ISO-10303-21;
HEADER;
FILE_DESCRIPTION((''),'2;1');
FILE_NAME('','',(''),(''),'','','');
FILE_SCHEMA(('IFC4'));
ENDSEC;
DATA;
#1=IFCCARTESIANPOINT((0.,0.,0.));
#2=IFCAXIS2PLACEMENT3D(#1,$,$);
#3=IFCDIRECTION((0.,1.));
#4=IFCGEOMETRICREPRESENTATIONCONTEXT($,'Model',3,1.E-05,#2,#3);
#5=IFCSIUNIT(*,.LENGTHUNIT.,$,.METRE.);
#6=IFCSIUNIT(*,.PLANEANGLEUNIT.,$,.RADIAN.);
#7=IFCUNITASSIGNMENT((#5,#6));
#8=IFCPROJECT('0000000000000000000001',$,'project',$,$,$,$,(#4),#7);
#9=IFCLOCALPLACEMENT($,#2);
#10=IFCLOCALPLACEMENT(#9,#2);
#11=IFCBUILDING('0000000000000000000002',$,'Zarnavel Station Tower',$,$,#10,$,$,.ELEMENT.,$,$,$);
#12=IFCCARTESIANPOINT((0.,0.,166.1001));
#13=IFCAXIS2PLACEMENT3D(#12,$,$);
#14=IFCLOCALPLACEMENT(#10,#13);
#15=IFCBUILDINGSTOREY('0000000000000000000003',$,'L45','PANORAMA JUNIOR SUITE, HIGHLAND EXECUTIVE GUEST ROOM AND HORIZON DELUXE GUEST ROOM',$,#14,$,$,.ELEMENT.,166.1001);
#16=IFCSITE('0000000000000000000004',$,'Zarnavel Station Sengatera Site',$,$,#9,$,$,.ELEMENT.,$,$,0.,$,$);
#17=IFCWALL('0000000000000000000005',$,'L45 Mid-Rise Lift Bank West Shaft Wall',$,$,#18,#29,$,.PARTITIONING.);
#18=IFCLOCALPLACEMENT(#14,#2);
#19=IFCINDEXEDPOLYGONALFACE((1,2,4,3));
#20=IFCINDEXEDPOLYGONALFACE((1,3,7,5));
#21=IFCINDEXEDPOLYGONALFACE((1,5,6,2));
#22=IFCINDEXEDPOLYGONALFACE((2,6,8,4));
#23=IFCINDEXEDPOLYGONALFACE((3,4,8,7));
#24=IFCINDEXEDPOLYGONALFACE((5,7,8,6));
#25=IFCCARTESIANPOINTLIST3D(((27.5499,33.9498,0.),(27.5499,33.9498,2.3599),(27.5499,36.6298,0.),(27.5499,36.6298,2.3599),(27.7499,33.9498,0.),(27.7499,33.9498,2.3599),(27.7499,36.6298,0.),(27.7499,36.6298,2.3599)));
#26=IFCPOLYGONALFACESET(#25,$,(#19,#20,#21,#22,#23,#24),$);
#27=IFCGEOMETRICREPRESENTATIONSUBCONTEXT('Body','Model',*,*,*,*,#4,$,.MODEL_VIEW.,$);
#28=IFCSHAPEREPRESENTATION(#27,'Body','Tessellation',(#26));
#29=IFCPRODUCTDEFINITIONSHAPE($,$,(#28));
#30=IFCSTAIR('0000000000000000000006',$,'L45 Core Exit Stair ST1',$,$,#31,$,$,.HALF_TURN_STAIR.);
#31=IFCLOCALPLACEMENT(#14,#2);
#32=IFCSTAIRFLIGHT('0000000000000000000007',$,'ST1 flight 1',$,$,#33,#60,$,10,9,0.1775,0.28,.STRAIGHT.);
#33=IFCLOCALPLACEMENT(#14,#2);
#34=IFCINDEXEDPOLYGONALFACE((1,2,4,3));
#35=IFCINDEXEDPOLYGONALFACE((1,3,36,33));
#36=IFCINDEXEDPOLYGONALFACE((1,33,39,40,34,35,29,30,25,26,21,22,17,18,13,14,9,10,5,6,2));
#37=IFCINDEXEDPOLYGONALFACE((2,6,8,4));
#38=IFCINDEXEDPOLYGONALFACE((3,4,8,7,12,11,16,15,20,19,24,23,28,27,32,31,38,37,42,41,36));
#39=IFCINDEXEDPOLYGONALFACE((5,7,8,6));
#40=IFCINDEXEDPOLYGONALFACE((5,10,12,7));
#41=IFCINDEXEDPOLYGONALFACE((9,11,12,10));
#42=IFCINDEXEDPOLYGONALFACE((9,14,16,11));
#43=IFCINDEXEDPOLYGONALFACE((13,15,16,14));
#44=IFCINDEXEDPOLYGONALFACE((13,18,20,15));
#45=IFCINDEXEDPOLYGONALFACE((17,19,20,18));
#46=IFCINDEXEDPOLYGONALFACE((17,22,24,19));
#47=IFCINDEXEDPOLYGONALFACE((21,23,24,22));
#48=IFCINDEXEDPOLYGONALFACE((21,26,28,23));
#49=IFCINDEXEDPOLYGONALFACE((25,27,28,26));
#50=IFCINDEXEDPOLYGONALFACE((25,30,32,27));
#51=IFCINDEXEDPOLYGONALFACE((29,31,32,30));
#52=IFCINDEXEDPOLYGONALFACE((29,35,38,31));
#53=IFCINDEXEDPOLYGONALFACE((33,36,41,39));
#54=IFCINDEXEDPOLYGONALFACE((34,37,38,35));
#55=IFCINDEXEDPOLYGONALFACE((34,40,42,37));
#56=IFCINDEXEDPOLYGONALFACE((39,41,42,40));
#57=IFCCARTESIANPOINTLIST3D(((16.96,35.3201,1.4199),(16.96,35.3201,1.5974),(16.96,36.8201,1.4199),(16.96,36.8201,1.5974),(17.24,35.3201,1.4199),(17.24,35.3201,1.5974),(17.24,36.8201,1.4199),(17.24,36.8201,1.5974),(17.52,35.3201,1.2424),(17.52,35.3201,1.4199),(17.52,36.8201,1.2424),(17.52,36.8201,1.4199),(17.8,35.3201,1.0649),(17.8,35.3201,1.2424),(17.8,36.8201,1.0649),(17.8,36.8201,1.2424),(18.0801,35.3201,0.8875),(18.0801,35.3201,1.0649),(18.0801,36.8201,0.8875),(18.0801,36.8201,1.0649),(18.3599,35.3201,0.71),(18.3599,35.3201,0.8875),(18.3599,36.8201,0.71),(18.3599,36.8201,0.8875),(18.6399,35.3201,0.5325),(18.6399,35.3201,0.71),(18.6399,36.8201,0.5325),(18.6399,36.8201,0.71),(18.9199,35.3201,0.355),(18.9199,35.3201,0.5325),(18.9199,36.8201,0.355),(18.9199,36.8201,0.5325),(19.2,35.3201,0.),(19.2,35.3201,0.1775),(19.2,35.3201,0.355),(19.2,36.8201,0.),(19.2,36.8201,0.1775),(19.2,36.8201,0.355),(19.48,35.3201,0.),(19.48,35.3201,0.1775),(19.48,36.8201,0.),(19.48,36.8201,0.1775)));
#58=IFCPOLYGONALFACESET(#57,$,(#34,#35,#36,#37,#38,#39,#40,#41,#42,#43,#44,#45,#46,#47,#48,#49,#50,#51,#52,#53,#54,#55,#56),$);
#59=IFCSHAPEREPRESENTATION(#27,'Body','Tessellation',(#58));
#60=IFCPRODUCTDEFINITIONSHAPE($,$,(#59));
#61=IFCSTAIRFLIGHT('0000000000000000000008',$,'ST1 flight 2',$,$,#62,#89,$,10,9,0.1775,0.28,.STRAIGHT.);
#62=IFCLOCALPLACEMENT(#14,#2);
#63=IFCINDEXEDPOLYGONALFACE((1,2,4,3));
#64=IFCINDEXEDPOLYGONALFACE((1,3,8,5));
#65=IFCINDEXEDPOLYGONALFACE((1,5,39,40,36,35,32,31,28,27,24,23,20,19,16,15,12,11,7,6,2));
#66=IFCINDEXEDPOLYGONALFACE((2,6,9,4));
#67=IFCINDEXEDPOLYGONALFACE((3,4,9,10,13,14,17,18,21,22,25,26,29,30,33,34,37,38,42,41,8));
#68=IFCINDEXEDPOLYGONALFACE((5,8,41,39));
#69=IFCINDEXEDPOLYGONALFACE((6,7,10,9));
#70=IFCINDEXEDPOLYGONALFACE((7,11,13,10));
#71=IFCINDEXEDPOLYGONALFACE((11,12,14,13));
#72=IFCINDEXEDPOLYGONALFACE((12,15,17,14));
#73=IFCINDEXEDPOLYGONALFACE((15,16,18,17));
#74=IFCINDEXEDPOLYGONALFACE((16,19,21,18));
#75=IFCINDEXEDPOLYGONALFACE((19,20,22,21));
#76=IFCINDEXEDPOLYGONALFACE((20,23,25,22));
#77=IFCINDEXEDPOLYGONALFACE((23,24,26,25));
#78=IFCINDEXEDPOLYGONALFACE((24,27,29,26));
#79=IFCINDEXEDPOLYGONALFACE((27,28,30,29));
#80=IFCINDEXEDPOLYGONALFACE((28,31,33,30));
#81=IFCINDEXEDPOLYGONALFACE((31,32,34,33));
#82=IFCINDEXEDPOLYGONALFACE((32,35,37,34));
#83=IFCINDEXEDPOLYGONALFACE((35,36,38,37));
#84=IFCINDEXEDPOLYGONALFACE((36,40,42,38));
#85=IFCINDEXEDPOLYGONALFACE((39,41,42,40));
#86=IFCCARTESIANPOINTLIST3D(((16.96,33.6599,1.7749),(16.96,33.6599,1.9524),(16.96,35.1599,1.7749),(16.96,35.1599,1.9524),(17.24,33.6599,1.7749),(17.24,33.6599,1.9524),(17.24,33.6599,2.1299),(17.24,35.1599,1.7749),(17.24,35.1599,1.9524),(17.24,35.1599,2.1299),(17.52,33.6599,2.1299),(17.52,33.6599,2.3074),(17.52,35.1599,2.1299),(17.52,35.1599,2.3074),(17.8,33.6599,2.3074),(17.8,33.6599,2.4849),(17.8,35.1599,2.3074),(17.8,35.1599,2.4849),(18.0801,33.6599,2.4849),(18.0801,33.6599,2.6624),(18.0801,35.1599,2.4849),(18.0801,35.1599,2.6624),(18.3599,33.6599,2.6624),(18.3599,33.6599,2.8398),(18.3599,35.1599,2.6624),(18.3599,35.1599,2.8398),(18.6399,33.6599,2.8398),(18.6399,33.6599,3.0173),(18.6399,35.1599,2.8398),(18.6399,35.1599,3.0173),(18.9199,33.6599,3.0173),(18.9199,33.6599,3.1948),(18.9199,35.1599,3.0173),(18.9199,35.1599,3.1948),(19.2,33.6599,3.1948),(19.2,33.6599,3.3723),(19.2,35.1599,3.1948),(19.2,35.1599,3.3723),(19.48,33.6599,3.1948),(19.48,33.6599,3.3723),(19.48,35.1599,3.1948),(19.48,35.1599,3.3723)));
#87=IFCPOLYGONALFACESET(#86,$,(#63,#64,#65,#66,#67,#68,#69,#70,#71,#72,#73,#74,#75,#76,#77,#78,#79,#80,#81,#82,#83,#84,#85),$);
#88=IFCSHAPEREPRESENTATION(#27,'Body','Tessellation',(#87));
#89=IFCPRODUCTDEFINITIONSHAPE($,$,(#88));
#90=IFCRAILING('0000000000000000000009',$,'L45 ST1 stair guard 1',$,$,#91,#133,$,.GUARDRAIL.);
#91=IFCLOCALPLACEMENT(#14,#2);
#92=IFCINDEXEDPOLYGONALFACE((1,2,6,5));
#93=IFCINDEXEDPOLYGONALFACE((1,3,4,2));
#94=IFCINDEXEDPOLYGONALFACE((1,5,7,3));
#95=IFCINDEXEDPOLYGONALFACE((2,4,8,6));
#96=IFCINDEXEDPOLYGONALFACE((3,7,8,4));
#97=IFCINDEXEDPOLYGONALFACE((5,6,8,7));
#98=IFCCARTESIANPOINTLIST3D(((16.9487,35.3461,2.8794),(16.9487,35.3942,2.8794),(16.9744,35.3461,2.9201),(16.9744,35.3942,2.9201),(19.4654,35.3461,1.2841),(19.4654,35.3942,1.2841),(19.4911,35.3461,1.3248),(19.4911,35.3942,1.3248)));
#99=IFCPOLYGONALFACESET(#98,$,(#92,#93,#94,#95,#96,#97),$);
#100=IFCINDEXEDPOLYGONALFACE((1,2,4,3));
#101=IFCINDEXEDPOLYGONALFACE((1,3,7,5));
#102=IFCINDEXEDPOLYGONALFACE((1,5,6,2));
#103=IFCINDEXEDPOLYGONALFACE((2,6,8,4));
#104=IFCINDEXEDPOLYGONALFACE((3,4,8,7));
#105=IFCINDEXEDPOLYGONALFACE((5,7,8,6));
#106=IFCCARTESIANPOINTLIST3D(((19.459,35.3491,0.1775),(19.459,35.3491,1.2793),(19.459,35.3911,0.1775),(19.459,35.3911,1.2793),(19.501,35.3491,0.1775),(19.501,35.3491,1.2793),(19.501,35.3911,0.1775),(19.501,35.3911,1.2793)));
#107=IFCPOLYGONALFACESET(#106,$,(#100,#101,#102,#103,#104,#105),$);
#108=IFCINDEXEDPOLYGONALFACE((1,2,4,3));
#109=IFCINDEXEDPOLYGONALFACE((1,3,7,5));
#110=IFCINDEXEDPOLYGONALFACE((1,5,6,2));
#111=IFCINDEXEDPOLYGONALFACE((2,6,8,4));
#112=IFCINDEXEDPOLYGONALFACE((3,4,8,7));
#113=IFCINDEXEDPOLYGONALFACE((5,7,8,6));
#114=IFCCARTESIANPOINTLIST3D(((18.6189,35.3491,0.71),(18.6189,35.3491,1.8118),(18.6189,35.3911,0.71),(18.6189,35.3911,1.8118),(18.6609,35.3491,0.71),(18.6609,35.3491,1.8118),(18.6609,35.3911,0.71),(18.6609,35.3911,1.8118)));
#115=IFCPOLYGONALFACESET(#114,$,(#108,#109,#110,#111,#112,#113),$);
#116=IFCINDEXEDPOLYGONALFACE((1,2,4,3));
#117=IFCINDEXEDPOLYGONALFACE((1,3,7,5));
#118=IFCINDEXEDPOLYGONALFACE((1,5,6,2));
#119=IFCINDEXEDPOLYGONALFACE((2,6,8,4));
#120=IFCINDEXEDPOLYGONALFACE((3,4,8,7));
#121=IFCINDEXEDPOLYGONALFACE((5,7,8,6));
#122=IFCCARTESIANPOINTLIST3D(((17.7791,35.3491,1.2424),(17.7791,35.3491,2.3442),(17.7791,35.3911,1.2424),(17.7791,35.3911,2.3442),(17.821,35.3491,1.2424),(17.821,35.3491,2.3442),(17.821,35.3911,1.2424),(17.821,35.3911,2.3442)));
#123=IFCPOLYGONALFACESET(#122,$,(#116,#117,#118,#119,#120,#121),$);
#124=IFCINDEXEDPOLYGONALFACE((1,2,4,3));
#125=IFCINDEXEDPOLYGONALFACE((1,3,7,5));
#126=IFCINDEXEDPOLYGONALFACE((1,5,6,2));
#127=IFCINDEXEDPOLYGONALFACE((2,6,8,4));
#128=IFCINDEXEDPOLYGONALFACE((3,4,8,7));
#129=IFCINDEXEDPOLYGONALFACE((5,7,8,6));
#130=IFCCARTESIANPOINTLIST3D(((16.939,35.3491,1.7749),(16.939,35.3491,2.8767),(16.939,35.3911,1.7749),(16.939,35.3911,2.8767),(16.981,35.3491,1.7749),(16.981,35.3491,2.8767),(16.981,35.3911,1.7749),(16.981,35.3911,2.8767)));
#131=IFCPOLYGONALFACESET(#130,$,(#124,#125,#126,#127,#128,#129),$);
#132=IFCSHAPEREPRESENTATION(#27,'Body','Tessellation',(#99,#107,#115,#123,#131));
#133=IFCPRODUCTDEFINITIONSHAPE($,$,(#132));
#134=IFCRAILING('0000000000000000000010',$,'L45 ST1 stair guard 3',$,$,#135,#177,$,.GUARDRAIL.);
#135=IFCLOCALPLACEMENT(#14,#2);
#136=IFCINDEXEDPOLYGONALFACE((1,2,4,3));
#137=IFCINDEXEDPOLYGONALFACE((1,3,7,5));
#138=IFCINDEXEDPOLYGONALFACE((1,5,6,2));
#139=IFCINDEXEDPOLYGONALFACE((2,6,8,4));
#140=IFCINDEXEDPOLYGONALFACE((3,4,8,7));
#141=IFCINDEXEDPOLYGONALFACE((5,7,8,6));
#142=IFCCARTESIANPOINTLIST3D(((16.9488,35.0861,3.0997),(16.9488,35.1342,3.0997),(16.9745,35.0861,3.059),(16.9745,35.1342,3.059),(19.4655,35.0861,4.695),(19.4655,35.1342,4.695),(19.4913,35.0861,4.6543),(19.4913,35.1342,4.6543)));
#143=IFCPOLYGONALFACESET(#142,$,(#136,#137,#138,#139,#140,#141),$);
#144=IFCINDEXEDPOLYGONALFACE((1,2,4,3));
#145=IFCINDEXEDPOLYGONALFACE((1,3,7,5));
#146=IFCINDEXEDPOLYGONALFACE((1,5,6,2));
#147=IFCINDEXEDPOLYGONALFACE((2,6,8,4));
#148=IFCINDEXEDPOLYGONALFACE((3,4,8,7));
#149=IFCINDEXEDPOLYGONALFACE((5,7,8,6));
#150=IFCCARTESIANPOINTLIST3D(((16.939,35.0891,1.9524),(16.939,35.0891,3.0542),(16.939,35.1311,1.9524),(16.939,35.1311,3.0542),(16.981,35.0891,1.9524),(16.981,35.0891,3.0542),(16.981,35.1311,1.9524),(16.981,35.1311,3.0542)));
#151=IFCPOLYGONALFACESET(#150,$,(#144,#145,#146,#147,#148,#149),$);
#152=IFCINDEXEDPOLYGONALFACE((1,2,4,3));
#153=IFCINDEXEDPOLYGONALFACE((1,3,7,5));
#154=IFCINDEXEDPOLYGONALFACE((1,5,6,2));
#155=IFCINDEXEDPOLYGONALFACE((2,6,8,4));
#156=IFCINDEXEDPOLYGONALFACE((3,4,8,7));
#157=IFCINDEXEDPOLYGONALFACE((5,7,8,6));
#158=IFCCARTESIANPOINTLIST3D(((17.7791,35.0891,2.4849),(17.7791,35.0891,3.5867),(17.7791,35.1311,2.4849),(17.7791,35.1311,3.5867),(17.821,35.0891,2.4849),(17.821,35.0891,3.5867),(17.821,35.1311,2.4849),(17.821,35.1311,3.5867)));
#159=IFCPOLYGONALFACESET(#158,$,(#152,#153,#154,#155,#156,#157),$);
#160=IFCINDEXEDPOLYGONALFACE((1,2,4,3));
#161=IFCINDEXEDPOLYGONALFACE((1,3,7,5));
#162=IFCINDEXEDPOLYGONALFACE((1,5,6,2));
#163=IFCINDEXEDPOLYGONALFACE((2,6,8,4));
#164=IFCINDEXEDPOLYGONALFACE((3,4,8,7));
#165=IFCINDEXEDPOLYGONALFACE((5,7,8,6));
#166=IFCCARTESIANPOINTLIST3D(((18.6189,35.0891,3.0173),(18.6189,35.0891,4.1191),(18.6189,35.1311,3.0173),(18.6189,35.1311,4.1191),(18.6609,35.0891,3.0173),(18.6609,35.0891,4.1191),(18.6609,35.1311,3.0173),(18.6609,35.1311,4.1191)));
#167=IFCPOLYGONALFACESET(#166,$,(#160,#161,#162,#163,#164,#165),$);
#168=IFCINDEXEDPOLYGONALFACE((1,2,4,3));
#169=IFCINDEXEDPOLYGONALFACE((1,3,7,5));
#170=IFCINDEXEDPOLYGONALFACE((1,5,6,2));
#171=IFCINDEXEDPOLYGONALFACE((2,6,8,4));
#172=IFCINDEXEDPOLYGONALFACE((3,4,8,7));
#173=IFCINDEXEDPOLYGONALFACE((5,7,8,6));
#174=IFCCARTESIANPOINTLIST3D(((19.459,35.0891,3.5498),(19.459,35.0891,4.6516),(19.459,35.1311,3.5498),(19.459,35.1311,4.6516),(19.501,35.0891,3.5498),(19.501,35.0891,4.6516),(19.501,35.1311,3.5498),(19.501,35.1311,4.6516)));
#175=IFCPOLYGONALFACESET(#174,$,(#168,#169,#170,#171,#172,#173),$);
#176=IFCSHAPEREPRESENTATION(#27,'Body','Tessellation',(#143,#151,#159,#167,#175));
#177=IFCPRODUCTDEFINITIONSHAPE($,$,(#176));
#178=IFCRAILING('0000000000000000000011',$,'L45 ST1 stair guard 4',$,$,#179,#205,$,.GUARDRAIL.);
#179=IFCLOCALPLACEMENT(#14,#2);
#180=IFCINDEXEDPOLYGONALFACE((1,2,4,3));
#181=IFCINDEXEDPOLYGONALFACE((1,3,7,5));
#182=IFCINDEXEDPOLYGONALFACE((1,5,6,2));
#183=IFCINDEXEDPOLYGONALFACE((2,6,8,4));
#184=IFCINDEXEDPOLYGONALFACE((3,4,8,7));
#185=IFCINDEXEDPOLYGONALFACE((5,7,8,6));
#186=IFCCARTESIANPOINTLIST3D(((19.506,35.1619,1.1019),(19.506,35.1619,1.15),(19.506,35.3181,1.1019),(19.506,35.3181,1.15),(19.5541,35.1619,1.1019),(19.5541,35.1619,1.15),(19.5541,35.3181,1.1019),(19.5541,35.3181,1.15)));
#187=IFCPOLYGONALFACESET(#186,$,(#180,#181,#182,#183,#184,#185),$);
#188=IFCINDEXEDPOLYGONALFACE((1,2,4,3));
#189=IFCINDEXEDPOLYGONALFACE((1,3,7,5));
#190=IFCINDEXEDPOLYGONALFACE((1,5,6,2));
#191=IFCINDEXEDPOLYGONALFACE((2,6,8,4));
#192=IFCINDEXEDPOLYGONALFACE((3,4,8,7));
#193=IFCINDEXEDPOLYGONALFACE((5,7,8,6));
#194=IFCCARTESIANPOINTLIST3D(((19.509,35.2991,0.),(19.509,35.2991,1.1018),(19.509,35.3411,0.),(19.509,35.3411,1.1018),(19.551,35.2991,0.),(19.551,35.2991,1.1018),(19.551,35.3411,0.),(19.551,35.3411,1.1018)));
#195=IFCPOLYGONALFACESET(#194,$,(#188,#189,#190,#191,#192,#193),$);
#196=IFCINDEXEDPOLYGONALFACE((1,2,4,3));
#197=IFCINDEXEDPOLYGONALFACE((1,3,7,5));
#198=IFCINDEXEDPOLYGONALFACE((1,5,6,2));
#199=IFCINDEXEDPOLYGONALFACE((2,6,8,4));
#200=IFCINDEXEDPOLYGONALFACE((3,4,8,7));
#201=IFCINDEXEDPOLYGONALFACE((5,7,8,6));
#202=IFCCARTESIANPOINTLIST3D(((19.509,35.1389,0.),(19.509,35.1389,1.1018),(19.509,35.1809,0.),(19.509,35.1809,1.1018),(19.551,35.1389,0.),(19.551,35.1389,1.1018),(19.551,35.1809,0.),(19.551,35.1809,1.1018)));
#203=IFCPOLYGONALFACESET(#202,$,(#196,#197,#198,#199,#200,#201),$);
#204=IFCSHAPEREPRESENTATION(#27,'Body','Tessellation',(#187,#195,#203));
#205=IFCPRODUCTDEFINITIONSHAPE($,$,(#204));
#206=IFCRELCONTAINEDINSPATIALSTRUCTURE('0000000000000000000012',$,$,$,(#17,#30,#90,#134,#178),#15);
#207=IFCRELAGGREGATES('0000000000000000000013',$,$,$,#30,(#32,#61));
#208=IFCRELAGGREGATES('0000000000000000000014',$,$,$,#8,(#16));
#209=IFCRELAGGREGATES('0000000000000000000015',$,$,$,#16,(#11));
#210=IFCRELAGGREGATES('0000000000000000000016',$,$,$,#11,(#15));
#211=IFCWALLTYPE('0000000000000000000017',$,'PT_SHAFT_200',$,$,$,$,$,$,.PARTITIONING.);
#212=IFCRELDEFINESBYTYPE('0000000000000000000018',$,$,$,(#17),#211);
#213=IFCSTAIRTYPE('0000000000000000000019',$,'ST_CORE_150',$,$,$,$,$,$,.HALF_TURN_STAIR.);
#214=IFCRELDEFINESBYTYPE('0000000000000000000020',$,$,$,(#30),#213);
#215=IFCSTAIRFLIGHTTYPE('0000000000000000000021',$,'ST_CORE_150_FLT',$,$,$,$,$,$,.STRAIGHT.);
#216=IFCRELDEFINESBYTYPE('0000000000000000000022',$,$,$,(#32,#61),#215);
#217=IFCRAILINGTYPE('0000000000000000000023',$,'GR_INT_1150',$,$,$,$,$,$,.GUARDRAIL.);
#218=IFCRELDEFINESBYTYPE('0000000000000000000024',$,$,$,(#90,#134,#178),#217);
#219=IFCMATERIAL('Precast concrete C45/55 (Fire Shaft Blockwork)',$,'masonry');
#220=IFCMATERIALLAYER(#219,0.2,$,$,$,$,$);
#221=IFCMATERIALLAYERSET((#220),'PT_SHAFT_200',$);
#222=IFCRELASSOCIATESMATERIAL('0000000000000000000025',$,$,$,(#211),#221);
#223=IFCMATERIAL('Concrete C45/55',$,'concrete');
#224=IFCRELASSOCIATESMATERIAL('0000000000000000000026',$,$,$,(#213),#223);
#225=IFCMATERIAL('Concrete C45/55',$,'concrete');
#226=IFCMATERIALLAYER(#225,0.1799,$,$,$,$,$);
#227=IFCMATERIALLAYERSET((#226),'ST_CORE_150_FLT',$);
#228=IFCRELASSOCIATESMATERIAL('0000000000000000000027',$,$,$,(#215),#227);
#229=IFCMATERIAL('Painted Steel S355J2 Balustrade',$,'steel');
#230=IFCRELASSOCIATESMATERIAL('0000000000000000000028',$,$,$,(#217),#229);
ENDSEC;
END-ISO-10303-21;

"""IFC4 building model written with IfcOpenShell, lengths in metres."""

from ifc_helpers import new_model, si_unit, direction, frame, frame_2d, origin, origin_2d, place, context, subcontext, project, spatial, polyline, rectangle, outline, extrude, material, layer, layer_set, type_object, element, aggregate, save


model = new_model("IFC4")

# Units and contexts
model_context = context("Model", 3, precision=1e-05, world=origin(), true_north=direction((0.0, 1.0)))
body_context = subcontext(model_context, "Body", "Model", "MODEL_VIEW")
ifc_project = project(units=[si_unit("LENGTHUNIT", "METRE"), si_unit("PLANEANGLEUNIT", "RADIAN")], contexts=[model_context])

# Site, building, storey
site_placement = place(None, origin())
site = spatial("IfcSite", under=ifc_project, at=site_placement, Name="Zarnavel Station Sengatera Site", CompositionType="ELEMENT", RefElevation=0.0)
building_placement = place(site_placement, origin())
building = spatial("IfcBuilding", under=site, at=building_placement, Name="Zarnavel Station Tower", CompositionType="ELEMENT")
storey_placement = place(building_placement, frame((0.0, 0.0, 166.1001)))
storey = spatial("IfcBuildingStorey", under=building, at=storey_placement, Name="L45", Description="PANORAMA JUNIOR SUITE, HIGHLAND EXECUTIVE GUEST ROOM AND HORIZON DELUXE GUEST ROOM", CompositionType="ELEMENT", Elevation=166.1001)

# Wall
ifc_material_1 = material(Name="Precast concrete C45/55 (Fire Shaft Blockwork)", Category="masonry")
ifc_layer_1 = layer(ifc_material_1, 0.2)
ifc_layer_set_1 = layer_set([ifc_layer_1], Name="PT_SHAFT_200")
wall_type_1 = type_object("IfcWallType", Name="PT_SHAFT_200", PredefinedType="PARTITIONING", material=ifc_layer_set_1)
wall_1_placement = place(storey_placement, frame((27.6499, 33.95, 0.0), z_axis=(0.0, 0.0, 1.0), x_axis=(0.0, 1.0, 0.0)))
element("IfcWall", 1, at=wall_1_placement, inside=storey, type_object=wall_type_1, Name="L45 Mid-Rise Lift Bank West Shaft Wall", PredefinedType="PARTITIONING", context=body_context, shape_type="SweptSolid", body=[
    extrude(rectangle(XDim=2.6799, YDim=0.2, at=frame_2d((1.3398, 0.0))), origin(), (0.0, 0.0, 1.0), 2.3599),
])

# Stair, stair flights
ifc_material_2 = material(Name="Concrete C45/55", Category="concrete")
stair_type = type_object("IfcStairType", Name="ST_CORE_150", PredefinedType="HALF_TURN_STAIR", material=ifc_material_2)
stair_placement = place(storey_placement, origin())
stair = element("IfcStair", 2, at=stair_placement, inside=storey, type_object=stair_type, Name="L45 Core Exit Stair ST1", PredefinedType="HALF_TURN_STAIR")
ifc_material_3 = material(Name="Concrete C45/55", Category="concrete")
ifc_layer_2 = layer(ifc_material_3, 0.1799)
ifc_layer_set_2 = layer_set([ifc_layer_2], Name="ST_CORE_150_FLT")
stair_flight_type = type_object("IfcStairFlightType", Name="ST_CORE_150_FLT", PredefinedType="STRAIGHT", material=ifc_layer_set_2)
stair_flight_1_placement = place(storey_placement, frame((19.48, 36.0701, 0.0), z_axis=(0.0, 0.0, 1.0), x_axis=(-1.0, 0.0, 0.0)))
stair_flight_1 = element("IfcStairFlight", 3, at=stair_flight_1_placement, type_object=stair_flight_type, Name="ST1 flight 1", NumberOfRisers=10, NumberOfTreads=9, PredefinedType="STRAIGHT", RiserHeight=0.1775, TreadLength=0.28, context=body_context, shape_type="SweptSolid", body=[
    extrude(outline(polyline([(0.0, 0.0), (0.0, 0.1775), (0.28, 0.1775), (0.28, 0.355), (0.5601, 0.355), (0.5601, 0.5325), (0.8401, 0.5325), (0.8401, 0.71), (1.1201, 0.71), (1.1201, 0.8875), (1.3999, 0.8875), (1.3999, 1.0649), (1.6799, 1.0649), (1.6799, 1.2424), (1.96, 1.2424), (1.96, 1.4199), (2.24, 1.4199), (2.24, 1.5974), (2.52, 1.5974), (2.52, 1.7749), (2.52, 1.4199), (0.28, 0.0), (0.0, 0.0)])), frame((0.0, 0.75, 0.0), z_axis=(0.0, -1.0, 0.0), x_axis=(1.0, 0.0, 0.0)), (0.0, 0.0, 1.0), 1.5),
])
stair_flight_2_placement = place(storey_placement, frame((16.96, 34.4099, 1.7749), z_axis=(0.0, 0.0, 1.0), x_axis=(1.0, 0.0, 0.0)))
stair_flight_2 = element("IfcStairFlight", 4, at=stair_flight_2_placement, type_object=stair_flight_type, Name="ST1 flight 2", NumberOfRisers=10, NumberOfTreads=9, PredefinedType="STRAIGHT", RiserHeight=0.1775, TreadLength=0.28, context=body_context, shape_type="SweptSolid", body=[
    extrude(outline(polyline([(0.0, 0.0), (0.0, 0.1775), (0.28, 0.1775), (0.28, 0.355), (0.5601, 0.355), (0.5601, 0.5325), (0.8401, 0.5325), (0.8401, 0.71), (1.1201, 0.71), (1.1201, 0.8875), (1.3999, 0.8875), (1.3999, 1.0649), (1.6799, 1.0649), (1.6799, 1.2424), (1.96, 1.2424), (1.96, 1.4199), (2.24, 1.4199), (2.24, 1.5974), (2.52, 1.5974), (2.52, 1.7749), (2.52, 1.4199), (0.28, 0.0), (0.0, 0.0)])), frame((0.0, 0.75, 0.0), z_axis=(0.0, -1.0, 0.0), x_axis=(1.0, 0.0, 0.0)), (0.0, 0.0, 1.0), 1.5),
])
aggregate(stair, [stair_flight_1, stair_flight_2])

# Railings
ifc_material_4 = material(Name="Painted Steel S355J2 Balustrade", Category="steel")
railing_type_1 = type_object("IfcRailingType", Name="GR_INT_1150", PredefinedType="GUARDRAIL", material=ifc_material_4)
railing_1_placement = place(storey_placement, frame((19.48, 35.3701, 0.1775)))
element("IfcRailing", 5, at=railing_1_placement, inside=storey, type_object=railing_type_1, Name="L45 ST1 stair guard 1", PredefinedType="GUARDRAIL", context=body_context, shape_type="SweptSolid", body=[
    extrude(rectangle(XDim=0.0481, YDim=0.0481, at=origin_2d()), frame((-0.0017, 0.0, 1.127), z_axis=(-0.844607, 0.0, 0.535387), x_axis=(0.0, -1.0, 0.0)), (0.0, 0.0, 1.0), 2.9797),
    extrude(rectangle(XDim=0.042, YDim=0.042, at=origin_2d()), origin(), (0.0, 0.0, 1.0), 1.1018),
    extrude(rectangle(XDim=0.042, YDim=0.042, at=origin_2d()), frame((-0.8401, 0.0, 0.5325)), (0.0, 0.0, 1.0), 1.1018),
    extrude(rectangle(XDim=0.042, YDim=0.042, at=origin_2d()), frame((-1.6799, 0.0, 1.0649)), (0.0, 0.0, 1.0), 1.1018),
    extrude(rectangle(XDim=0.042, YDim=0.042, at=origin_2d()), frame((-2.52, 0.0, 1.5974)), (0.0, 0.0, 1.0), 1.1018),
])
railing_2_placement = place(storey_placement, frame((16.96, 35.1101, 1.9524)))
element("IfcRailing", 6, at=railing_2_placement, inside=storey, type_object=railing_type_1, Name="L45 ST1 stair guard 3", PredefinedType="GUARDRAIL", context=body_context, shape_type="SweptSolid", body=[
    extrude(rectangle(XDim=0.0481, YDim=0.0481, at=origin_2d()), frame((0.0017, 0.0, 1.127), z_axis=(0.844607, 0.0, 0.535387), x_axis=(0.0, 1.0, 0.0)), (0.0, 0.0, 1.0), 2.9797),
    extrude(rectangle(XDim=0.042, YDim=0.042, at=origin_2d()), origin(), (0.0, 0.0, 1.0), 1.1018),
    extrude(rectangle(XDim=0.042, YDim=0.042, at=origin_2d()), frame((0.8401, 0.0, 0.5325)), (0.0, 0.0, 1.0), 1.1018),
    extrude(rectangle(XDim=0.042, YDim=0.042, at=origin_2d()), frame((1.6799, 0.0, 1.0649)), (0.0, 0.0, 1.0), 1.1018),
    extrude(rectangle(XDim=0.042, YDim=0.042, at=origin_2d()), frame((2.52, 0.0, 1.5974)), (0.0, 0.0, 1.0), 1.1018),
])
railing_3_placement = place(storey_placement, frame((19.53, 35.3201, 0.0)))
element("IfcRailing", 7, at=railing_3_placement, inside=storey, type_object=railing_type_1, Name="L45 ST1 stair guard 4", PredefinedType="GUARDRAIL", context=body_context, shape_type="SweptSolid", body=[
    extrude(rectangle(XDim=0.0481, YDim=0.0481, at=origin_2d()), frame((0.0, -0.002, 1.126), z_axis=(0.0, -1.0, 0.0), x_axis=(1.0, 0.0, 0.0)), (0.0, 0.0, 1.0), 0.1562),
    extrude(rectangle(XDim=0.042, YDim=0.042, at=origin_2d()), origin(), (0.0, 0.0, 1.0), 1.1018),
    extrude(rectangle(XDim=0.042, YDim=0.042, at=origin_2d()), frame((0.0, -0.1602, 0.0)), (0.0, 0.0, 1.0), 1.1018),
])

save(model, "model.ifc")
